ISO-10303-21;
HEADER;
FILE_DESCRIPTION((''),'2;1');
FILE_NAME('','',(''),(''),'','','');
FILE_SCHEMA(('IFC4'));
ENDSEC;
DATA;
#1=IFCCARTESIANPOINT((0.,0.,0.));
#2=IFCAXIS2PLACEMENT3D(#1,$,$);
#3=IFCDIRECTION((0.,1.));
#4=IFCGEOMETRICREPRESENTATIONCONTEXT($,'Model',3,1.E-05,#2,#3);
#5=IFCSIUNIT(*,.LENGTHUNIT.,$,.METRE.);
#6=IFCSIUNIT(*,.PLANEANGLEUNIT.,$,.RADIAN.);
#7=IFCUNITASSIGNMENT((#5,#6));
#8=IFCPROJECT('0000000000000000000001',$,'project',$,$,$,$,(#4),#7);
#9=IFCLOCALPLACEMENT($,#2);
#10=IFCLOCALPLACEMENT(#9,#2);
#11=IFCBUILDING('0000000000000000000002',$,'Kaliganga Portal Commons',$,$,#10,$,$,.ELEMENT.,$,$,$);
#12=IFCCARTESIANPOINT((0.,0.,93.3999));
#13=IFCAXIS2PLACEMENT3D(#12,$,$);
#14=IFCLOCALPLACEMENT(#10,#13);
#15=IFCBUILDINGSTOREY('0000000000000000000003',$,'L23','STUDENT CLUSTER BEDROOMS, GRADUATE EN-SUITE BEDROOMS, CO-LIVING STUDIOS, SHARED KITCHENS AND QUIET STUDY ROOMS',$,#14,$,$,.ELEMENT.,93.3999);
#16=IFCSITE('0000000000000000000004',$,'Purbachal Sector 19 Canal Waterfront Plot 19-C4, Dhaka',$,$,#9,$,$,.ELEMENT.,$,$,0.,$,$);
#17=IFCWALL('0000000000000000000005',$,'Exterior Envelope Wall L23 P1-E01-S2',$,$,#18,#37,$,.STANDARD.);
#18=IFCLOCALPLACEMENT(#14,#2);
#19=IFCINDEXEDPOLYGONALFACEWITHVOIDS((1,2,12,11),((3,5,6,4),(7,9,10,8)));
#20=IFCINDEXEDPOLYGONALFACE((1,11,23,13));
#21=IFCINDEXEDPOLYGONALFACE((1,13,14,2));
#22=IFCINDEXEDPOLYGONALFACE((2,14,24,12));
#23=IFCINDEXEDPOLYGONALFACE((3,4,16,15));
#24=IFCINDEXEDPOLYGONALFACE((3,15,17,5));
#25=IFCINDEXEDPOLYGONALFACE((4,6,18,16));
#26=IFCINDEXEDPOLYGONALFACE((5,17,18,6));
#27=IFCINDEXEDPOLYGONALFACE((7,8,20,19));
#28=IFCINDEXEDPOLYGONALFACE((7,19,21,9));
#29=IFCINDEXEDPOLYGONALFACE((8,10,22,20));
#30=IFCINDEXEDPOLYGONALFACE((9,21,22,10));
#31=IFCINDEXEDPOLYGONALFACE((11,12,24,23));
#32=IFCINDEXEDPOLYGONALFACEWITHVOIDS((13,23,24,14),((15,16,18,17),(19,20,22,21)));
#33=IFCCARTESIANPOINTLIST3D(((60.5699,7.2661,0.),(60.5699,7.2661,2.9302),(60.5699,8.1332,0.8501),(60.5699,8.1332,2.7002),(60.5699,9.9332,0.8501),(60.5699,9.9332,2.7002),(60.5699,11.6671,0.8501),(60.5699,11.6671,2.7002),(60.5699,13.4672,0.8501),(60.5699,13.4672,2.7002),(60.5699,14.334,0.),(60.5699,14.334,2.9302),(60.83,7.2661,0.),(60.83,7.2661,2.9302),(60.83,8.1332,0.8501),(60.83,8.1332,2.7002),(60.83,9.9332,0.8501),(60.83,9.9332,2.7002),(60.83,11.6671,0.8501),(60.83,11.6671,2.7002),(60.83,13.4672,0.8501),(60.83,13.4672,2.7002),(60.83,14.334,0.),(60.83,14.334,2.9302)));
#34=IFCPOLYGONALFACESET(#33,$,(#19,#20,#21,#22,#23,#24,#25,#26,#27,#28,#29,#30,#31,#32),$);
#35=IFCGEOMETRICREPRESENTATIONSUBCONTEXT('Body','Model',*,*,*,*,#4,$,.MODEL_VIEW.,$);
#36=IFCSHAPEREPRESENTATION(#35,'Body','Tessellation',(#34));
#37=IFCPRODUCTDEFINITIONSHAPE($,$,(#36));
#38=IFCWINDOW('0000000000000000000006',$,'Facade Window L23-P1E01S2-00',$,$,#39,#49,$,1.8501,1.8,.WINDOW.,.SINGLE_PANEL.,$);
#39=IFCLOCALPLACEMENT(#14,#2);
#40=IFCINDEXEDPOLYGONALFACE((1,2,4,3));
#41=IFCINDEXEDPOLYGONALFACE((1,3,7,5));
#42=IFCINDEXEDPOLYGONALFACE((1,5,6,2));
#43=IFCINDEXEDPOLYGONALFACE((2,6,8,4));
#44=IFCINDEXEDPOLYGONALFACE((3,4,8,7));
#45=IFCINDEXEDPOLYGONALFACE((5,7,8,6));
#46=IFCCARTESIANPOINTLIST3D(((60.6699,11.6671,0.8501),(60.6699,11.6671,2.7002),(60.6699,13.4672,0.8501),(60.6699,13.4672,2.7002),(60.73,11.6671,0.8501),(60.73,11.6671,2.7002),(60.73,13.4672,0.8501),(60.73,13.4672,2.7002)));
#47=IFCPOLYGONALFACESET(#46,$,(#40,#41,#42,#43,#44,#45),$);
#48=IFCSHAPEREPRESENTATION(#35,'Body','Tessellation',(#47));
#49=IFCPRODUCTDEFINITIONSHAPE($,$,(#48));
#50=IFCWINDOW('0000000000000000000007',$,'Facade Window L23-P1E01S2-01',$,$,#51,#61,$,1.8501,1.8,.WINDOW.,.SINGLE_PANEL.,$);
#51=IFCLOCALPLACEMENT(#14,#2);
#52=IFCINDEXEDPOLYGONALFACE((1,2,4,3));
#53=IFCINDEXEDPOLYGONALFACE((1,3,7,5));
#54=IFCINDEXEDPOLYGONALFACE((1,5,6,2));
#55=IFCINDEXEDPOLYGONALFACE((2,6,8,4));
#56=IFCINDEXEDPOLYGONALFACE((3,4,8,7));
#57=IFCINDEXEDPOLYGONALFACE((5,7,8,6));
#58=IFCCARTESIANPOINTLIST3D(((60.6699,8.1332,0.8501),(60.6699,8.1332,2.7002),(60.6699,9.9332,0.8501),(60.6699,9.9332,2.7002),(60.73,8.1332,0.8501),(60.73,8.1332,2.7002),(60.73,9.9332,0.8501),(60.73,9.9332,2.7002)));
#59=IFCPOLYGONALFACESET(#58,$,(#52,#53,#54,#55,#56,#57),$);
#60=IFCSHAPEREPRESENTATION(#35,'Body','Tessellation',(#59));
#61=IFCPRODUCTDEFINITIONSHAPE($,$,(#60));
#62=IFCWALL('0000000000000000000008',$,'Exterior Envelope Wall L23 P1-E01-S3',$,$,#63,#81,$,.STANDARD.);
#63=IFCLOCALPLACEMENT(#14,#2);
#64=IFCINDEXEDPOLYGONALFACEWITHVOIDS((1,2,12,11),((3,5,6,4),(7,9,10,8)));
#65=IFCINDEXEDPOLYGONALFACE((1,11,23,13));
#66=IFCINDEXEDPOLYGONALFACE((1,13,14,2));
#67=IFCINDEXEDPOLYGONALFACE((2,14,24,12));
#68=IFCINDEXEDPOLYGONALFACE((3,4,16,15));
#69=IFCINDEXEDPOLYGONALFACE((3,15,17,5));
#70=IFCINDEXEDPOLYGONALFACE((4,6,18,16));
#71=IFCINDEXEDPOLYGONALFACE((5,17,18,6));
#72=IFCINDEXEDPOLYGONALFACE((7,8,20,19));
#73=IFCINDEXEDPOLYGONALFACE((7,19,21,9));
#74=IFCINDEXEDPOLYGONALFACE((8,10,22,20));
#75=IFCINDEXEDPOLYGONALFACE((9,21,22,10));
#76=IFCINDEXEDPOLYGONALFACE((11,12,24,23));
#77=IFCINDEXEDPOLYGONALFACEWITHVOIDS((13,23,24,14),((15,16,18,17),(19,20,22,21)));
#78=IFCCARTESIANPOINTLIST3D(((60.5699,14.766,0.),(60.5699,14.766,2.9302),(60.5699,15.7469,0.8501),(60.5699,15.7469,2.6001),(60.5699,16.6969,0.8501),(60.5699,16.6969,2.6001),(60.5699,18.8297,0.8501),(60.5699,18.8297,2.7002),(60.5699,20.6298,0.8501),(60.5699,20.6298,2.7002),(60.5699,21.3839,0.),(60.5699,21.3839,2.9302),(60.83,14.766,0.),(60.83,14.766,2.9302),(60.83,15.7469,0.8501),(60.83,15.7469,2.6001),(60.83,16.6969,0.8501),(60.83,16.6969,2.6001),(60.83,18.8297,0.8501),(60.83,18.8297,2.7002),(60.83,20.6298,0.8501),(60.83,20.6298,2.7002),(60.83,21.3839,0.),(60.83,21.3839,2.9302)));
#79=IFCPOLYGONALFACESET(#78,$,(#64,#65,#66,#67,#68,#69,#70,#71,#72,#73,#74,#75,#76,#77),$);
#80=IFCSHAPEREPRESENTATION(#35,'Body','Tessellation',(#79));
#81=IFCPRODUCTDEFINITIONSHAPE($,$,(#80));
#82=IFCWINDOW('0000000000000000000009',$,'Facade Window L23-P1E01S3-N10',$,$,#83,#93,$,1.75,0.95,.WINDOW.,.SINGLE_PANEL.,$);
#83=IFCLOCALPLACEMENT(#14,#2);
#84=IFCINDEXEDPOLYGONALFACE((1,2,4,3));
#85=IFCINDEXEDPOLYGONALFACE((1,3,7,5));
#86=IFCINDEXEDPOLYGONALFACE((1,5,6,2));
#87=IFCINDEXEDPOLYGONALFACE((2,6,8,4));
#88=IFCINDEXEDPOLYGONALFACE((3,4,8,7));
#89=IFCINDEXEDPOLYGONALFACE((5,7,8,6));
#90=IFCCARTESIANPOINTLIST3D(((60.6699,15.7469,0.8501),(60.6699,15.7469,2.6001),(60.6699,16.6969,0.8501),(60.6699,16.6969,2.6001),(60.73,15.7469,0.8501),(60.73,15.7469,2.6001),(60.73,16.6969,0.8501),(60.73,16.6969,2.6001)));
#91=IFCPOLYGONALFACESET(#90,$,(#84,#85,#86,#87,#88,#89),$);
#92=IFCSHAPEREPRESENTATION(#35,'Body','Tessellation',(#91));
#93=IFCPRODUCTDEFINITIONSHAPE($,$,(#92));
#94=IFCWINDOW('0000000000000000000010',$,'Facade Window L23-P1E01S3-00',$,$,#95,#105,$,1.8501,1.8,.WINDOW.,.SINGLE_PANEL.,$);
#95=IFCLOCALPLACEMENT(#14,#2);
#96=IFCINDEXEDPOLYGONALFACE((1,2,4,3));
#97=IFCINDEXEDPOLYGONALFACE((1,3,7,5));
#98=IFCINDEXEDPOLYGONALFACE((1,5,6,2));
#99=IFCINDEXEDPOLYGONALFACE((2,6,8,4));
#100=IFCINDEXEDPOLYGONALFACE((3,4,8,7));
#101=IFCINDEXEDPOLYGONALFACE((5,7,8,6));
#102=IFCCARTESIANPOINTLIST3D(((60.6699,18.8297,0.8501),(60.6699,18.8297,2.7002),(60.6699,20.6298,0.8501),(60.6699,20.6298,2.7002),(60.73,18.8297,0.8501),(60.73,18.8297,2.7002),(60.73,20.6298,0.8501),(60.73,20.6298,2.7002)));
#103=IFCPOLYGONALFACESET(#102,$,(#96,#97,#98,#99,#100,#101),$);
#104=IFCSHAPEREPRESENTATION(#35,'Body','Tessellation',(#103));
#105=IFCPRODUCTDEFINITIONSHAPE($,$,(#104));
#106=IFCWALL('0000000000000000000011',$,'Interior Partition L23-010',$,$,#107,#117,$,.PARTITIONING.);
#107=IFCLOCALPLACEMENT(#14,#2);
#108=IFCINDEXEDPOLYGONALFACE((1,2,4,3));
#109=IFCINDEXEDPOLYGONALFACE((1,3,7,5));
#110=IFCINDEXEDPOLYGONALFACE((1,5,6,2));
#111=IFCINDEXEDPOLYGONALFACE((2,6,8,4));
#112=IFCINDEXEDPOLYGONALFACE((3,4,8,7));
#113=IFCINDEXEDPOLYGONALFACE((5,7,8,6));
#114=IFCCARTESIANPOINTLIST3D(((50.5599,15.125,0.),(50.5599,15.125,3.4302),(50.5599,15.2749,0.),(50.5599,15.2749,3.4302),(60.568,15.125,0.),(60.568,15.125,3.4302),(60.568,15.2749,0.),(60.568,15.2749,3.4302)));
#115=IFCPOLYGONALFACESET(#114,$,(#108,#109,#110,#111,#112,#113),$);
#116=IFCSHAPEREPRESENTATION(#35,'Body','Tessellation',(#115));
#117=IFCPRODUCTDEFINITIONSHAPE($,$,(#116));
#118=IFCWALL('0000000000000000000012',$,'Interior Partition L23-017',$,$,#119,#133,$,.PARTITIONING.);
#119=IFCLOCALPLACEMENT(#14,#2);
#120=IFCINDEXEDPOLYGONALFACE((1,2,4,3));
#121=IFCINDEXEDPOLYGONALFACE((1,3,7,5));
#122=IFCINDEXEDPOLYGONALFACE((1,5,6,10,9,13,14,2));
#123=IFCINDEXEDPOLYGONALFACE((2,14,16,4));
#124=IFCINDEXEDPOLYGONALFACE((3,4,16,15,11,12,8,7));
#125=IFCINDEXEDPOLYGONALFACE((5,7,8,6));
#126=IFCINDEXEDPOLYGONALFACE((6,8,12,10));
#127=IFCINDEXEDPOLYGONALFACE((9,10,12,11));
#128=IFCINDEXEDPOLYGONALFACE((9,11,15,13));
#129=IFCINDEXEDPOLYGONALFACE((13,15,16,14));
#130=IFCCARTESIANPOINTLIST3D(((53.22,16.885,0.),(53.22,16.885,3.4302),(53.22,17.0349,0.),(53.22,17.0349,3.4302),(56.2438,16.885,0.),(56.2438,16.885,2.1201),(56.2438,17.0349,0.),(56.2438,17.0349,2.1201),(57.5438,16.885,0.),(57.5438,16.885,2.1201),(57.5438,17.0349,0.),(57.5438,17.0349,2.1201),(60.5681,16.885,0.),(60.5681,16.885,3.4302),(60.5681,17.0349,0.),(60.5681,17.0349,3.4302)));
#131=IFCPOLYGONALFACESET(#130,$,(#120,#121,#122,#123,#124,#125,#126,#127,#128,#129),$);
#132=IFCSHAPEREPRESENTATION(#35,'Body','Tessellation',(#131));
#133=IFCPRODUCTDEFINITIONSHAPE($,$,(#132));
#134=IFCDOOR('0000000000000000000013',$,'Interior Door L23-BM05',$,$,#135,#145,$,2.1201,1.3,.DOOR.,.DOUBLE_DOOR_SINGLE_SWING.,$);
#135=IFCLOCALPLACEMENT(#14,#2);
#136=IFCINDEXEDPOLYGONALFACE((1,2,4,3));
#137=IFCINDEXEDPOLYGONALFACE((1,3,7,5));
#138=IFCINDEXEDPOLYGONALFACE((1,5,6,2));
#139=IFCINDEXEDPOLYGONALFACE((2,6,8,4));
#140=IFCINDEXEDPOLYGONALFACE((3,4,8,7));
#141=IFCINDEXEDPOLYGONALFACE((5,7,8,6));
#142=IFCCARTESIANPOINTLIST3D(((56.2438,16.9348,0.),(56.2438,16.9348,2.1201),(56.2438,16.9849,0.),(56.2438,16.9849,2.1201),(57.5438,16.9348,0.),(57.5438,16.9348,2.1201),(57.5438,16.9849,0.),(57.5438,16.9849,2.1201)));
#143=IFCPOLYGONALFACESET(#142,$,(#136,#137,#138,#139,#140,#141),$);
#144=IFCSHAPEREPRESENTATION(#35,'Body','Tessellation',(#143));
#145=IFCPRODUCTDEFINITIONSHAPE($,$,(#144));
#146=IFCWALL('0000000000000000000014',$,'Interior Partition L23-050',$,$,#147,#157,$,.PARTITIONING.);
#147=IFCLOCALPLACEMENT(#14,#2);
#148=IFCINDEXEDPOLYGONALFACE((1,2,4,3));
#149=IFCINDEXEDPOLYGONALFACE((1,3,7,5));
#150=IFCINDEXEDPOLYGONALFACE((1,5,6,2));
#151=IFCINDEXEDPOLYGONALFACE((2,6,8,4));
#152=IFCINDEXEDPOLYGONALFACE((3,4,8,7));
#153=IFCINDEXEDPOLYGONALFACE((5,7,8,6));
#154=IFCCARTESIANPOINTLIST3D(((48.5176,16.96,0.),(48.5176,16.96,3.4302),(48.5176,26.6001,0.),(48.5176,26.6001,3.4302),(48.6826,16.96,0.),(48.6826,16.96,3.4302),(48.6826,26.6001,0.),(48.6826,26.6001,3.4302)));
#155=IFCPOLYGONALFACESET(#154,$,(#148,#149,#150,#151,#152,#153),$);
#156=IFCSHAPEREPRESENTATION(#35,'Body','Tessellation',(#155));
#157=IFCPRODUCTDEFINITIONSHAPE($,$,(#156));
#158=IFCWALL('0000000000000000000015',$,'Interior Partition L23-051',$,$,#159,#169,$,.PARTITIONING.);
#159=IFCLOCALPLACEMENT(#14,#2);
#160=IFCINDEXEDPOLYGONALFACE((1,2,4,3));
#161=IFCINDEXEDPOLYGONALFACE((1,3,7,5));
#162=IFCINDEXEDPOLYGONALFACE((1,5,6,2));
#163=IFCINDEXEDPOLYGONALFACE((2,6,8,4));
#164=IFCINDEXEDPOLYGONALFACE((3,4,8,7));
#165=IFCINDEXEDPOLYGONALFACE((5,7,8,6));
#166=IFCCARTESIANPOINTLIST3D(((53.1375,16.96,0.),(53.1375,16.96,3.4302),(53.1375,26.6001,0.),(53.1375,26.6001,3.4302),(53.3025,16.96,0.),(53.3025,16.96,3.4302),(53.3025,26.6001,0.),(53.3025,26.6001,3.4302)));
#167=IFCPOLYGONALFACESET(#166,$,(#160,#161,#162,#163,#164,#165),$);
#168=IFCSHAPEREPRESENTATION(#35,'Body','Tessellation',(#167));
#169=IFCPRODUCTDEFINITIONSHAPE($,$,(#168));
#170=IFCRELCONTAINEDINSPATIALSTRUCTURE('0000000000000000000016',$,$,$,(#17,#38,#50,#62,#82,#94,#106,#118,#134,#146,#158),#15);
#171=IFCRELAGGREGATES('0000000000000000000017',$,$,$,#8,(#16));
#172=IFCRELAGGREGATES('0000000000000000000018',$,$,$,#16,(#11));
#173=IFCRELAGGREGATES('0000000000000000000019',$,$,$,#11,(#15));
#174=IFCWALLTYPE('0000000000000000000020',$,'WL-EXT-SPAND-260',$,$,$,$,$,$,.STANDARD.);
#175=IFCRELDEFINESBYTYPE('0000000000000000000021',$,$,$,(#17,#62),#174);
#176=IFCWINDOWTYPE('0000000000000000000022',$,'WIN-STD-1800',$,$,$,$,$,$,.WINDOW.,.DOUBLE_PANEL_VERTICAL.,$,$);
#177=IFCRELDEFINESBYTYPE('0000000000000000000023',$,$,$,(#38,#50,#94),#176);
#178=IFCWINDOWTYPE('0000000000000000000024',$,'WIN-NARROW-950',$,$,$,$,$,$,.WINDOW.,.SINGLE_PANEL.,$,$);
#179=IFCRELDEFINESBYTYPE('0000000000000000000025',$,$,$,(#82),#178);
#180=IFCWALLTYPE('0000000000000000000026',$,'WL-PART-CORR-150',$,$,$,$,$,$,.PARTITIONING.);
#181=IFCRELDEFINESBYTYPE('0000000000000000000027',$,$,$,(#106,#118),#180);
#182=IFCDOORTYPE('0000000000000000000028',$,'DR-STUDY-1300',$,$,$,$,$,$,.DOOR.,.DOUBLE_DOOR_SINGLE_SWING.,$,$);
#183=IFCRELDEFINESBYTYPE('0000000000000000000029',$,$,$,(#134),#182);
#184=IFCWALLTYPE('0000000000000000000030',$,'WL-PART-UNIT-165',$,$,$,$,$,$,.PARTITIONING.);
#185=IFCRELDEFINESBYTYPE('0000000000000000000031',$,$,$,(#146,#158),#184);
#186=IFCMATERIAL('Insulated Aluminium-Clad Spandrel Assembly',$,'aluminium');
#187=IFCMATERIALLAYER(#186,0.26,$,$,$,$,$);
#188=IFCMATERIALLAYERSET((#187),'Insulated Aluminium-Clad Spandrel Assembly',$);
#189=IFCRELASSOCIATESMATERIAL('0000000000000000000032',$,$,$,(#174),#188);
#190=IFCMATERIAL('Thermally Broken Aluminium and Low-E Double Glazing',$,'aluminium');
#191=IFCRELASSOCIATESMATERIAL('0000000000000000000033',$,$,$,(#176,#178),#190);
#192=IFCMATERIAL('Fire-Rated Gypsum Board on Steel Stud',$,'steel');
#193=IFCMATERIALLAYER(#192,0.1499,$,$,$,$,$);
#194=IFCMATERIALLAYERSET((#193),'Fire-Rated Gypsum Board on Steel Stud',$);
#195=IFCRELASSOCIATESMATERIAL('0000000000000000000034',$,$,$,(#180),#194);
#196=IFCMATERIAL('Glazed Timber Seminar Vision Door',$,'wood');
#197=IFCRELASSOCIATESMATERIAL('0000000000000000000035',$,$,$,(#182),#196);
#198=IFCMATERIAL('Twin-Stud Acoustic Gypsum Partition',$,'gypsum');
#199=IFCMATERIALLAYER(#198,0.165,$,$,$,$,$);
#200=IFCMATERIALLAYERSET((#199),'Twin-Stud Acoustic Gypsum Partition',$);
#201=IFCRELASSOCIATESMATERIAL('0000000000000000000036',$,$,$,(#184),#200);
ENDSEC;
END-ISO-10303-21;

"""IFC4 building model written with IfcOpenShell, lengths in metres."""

from ifc_helpers import new_model, si_unit, direction, frame, frame_2d, origin, place, context, subcontext, project, spatial, rectangle, extrude, material, layer, layer_set, type_object, element, fill, save


model = new_model("IFC4")

# Units and contexts
model_context = context("Model", 3, precision=1e-05, world=origin(), true_north=direction((0.0, 1.0)))
body_context = subcontext(model_context, "Body", "Model", "MODEL_VIEW")
ifc_project = project(units=[si_unit("LENGTHUNIT", "METRE"), si_unit("PLANEANGLEUNIT", "RADIAN")], contexts=[model_context])

# Site, building, storey
site_placement = place(None, origin())
site = spatial("IfcSite", under=ifc_project, at=site_placement, Name="Purbachal Sector 19 Canal Waterfront Plot 19-C4, Dhaka", CompositionType="ELEMENT", RefElevation=0.0)
building_placement = place(site_placement, origin())
building = spatial("IfcBuilding", under=site, at=building_placement, Name="Kaliganga Portal Commons", CompositionType="ELEMENT")
storey_placement = place(building_placement, frame((0.0, 0.0, 93.3999)))
storey = spatial("IfcBuildingStorey", under=building, at=storey_placement, Name="L23", Description="STUDENT CLUSTER BEDROOMS, GRADUATE EN-SUITE BEDROOMS, CO-LIVING STUDIOS, SHARED KITCHENS AND QUIET STUDY ROOMS", CompositionType="ELEMENT", Elevation=93.3999)

# Walls, openings, windows
ifc_material_1 = material(Name="Insulated Aluminium-Clad Spandrel Assembly", Category="aluminium")
ifc_layer_1 = layer(ifc_material_1, 0.26)
ifc_layer_set_1 = layer_set([ifc_layer_1], Name="Insulated Aluminium-Clad Spandrel Assembly")
wall_type_1 = type_object("IfcWallType", Name="WL-EXT-SPAND-260", PredefinedType="STANDARD", material=ifc_layer_set_1)
wall_1_placement = place(storey_placement, frame((60.7, 14.334, 0.0), z_axis=(0.0, 0.0, 1.0), x_axis=(0.0, -1.0, 0.0)))
wall_1 = element("IfcWall", 1, at=wall_1_placement, inside=storey, type_object=wall_type_1, Name="Exterior Envelope Wall L23 P1-E01-S2", PredefinedType="STANDARD", context=body_context, shape_type="SweptSolid", body=[
    extrude(rectangle(XDim=7.0679, YDim=0.26, at=frame_2d((3.5339, 0.0))), origin(), (0.0, 0.0, 1.0), 2.9302),
])
opening_1_placement = place(wall_1_placement, frame((0.8669, 0.0, 0.8501)))
opening_1 = element("IfcOpeningElement", 2, at=opening_1_placement, cuts=wall_1, PredefinedType="OPENING", context=body_context, shape_type="SweptSolid", body=[
    extrude(rectangle(XDim=1.8, YDim=1.8501, at=frame_2d((0.8999, 0.925))), frame((0.0, 0.1401, 0.0), z_axis=(0.0, -1.0, 0.0), x_axis=(1.0, 0.0, 0.0)), (0.0, 0.0, 1.0), 0.28),
])
opening_2_placement = place(wall_1_placement, frame((4.4009, 0.0, 0.8501)))
opening_2 = element("IfcOpeningElement", 3, at=opening_2_placement, cuts=wall_1, PredefinedType="OPENING", context=body_context, shape_type="SweptSolid", body=[
    extrude(rectangle(XDim=1.8, YDim=1.8501, at=frame_2d((0.8999, 0.925))), frame((0.0, 0.1401, 0.0), z_axis=(0.0, -1.0, 0.0), x_axis=(1.0, 0.0, 0.0)), (0.0, 0.0, 1.0), 0.28),
])
ifc_material_2 = material(Name="Thermally Broken Aluminium and Low-E Double Glazing", Category="aluminium")
window_type_1 = type_object("IfcWindowType", Name="WIN-STD-1800", PartitioningType="DOUBLE_PANEL_VERTICAL", PredefinedType="WINDOW", material=ifc_material_2)
window_1_placement = place(opening_1_placement, origin())
window_1 = element("IfcWindow", 4, at=window_1_placement, inside=storey, type_object=window_type_1, Name="Facade Window L23-P1E01S2-00", OverallHeight=1.8501, OverallWidth=1.8, PartitioningType="SINGLE_PANEL", PredefinedType="WINDOW", context=body_context, shape_type="SweptSolid", body=[
    extrude(rectangle(XDim=1.8, YDim=1.8501, at=frame_2d((0.8999, 0.925))), frame((0.0, 0.03, 0.0), z_axis=(0.0, -1.0, 0.0), x_axis=(1.0, 0.0, 0.0)), (0.0, 0.0, 1.0), 0.0601),
])
fill(opening_1, window_1)
window_2_placement = place(opening_2_placement, origin())
window_2 = element("IfcWindow", 5, at=window_2_placement, inside=storey, type_object=window_type_1, Name="Facade Window L23-P1E01S2-01", OverallHeight=1.8501, OverallWidth=1.8, PartitioningType="SINGLE_PANEL", PredefinedType="WINDOW", context=body_context, shape_type="SweptSolid", body=[
    extrude(rectangle(XDim=1.8, YDim=1.8501, at=frame_2d((0.8999, 0.925))), frame((0.0, 0.03, 0.0), z_axis=(0.0, -1.0, 0.0), x_axis=(1.0, 0.0, 0.0)), (0.0, 0.0, 1.0), 0.0601),
])
fill(opening_2, window_2)
wall_2_placement = place(storey_placement, frame((60.7, 21.384, 0.0), z_axis=(0.0, 0.0, 1.0), x_axis=(0.0, -1.0, 0.0)))
wall_2 = element("IfcWall", 6, at=wall_2_placement, inside=storey, type_object=wall_type_1, Name="Exterior Envelope Wall L23 P1-E01-S3", PredefinedType="STANDARD", context=body_context, shape_type="SweptSolid", body=[
    extrude(rectangle(XDim=6.6179, YDim=0.26, at=frame_2d((3.3091, 0.0))), origin(), (0.0, 0.0, 1.0), 2.9302),
])
opening_3_placement = place(wall_2_placement, frame((0.7544, 0.0, 0.8501)))
opening_3 = element("IfcOpeningElement", 7, at=opening_3_placement, cuts=wall_2, PredefinedType="OPENING", context=body_context, shape_type="SweptSolid", body=[
    extrude(rectangle(XDim=1.8, YDim=1.8501, at=frame_2d((0.8999, 0.925))), frame((0.0, 0.1401, 0.0), z_axis=(0.0, -1.0, 0.0), x_axis=(1.0, 0.0, 0.0)), (0.0, 0.0, 1.0), 0.28),
])
opening_4_placement = place(wall_2_placement, frame((4.687, 0.0, 0.8501)))
opening_4 = element("IfcOpeningElement", 8, at=opening_4_placement, cuts=wall_2, PredefinedType="OPENING", context=body_context, shape_type="SweptSolid", body=[
    extrude(rectangle(XDim=0.95, YDim=1.75, at=frame_2d((0.4751, 0.875))), frame((0.0, 0.1401, 0.0), z_axis=(0.0, -1.0, 0.0), x_axis=(1.0, 0.0, 0.0)), (0.0, 0.0, 1.0), 0.28),
])
window_type_2 = type_object("IfcWindowType", Name="WIN-NARROW-950", PartitioningType="SINGLE_PANEL", PredefinedType="WINDOW", material=ifc_material_2)
window_3_placement = place(opening_4_placement, origin())
window_3 = element("IfcWindow", 9, at=window_3_placement, inside=storey, type_object=window_type_2, Name="Facade Window L23-P1E01S3-N10", OverallHeight=1.75, OverallWidth=0.95, PartitioningType="SINGLE_PANEL", PredefinedType="WINDOW", context=body_context, shape_type="SweptSolid", body=[
    extrude(rectangle(XDim=0.95, YDim=1.75, at=frame_2d((0.4751, 0.875))), frame((0.0, 0.03, 0.0), z_axis=(0.0, -1.0, 0.0), x_axis=(1.0, 0.0, 0.0)), (0.0, 0.0, 1.0), 0.0601),
])
fill(opening_4, window_3)
window_4_placement = place(opening_3_placement, origin())
window_4 = element("IfcWindow", 10, at=window_4_placement, inside=storey, type_object=window_type_1, Name="Facade Window L23-P1E01S3-00", OverallHeight=1.8501, OverallWidth=1.8, PartitioningType="SINGLE_PANEL", PredefinedType="WINDOW", context=body_context, shape_type="SweptSolid", body=[
    extrude(rectangle(XDim=1.8, YDim=1.8501, at=frame_2d((0.8999, 0.925))), frame((0.0, 0.03, 0.0), z_axis=(0.0, -1.0, 0.0), x_axis=(1.0, 0.0, 0.0)), (0.0, 0.0, 1.0), 0.0601),
])
fill(opening_3, window_4)

# Wall
ifc_material_3 = material(Name="Fire-Rated Gypsum Board on Steel Stud", Category="steel")
ifc_layer_2 = layer(ifc_material_3, 0.1499)
ifc_layer_set_2 = layer_set([ifc_layer_2], Name="Fire-Rated Gypsum Board on Steel Stud")
wall_type_2 = type_object("IfcWallType", Name="WL-PART-CORR-150", PredefinedType="PARTITIONING", material=ifc_layer_set_2)
wall_3_placement = place(storey_placement, frame((50.5601, 15.2, 0.0), z_axis=(0.0, 0.0, 1.0), x_axis=(1.0, 0.0, 0.0)))
element("IfcWall", 11, at=wall_3_placement, inside=storey, type_object=wall_type_2, Name="Interior Partition L23-010", PredefinedType="PARTITIONING", context=body_context, shape_type="SweptSolid", body=[
    extrude(rectangle(XDim=10.0081, YDim=0.1499, at=frame_2d((5.0039, 0.0))), origin(), (0.0, 0.0, 1.0), 3.4302),
])

# Wall, opening, door
wall_4_placement = place(storey_placement, frame((53.22, 16.96, 0.0), z_axis=(0.0, 0.0, 1.0), x_axis=(1.0, 0.0, 0.0)))
wall_4 = element("IfcWall", 12, at=wall_4_placement, inside=storey, type_object=wall_type_2, Name="Interior Partition L23-017", PredefinedType="PARTITIONING", context=body_context, shape_type="SweptSolid", body=[
    extrude(rectangle(XDim=7.3481, YDim=0.1499, at=frame_2d((3.6741, 0.0))), origin(), (0.0, 0.0, 1.0), 3.4302),
])
opening_5_placement = place(wall_4_placement, frame((3.0239, 0.0, 0.0)))
opening_5 = element("IfcOpeningElement", 13, at=opening_5_placement, cuts=wall_4, PredefinedType="OPENING", context=body_context, shape_type="SweptSolid", body=[
    extrude(rectangle(XDim=1.3, YDim=2.1201, at=frame_2d((0.6499, 1.0601))), frame((0.0, 0.085, 0.0), z_axis=(0.0, -1.0, 0.0), x_axis=(1.0, 0.0, 0.0)), (0.0, 0.0, 1.0), 0.1699),
])
ifc_material_4 = material(Name="Glazed Timber Seminar Vision Door", Category="wood")
door_type = type_object("IfcDoorType", Name="DR-STUDY-1300", OperationType="DOUBLE_DOOR_SINGLE_SWING", PredefinedType="DOOR", material=ifc_material_4)
door_1_placement = place(opening_5_placement, origin())
door_1 = element("IfcDoor", 14, at=door_1_placement, inside=storey, type_object=door_type, Name="Interior Door L23-BM05", OperationType="DOUBLE_DOOR_SINGLE_SWING", OverallHeight=2.1201, OverallWidth=1.3, PredefinedType="DOOR", context=body_context, shape_type="SweptSolid", body=[
    extrude(rectangle(XDim=1.3, YDim=2.1201, at=frame_2d((0.6499, 1.0601))), frame((0.0, 0.0249, 0.0), z_axis=(0.0, -1.0, 0.0), x_axis=(1.0, 0.0, 0.0)), (0.0, 0.0, 1.0), 0.05),
])
fill(opening_5, door_1)

# Walls
ifc_material_5 = material(Name="Twin-Stud Acoustic Gypsum Partition", Category="gypsum")
ifc_layer_3 = layer(ifc_material_5, 0.165)
ifc_layer_set_3 = layer_set([ifc_layer_3], Name="Twin-Stud Acoustic Gypsum Partition")
wall_type_3 = type_object("IfcWallType", Name="WL-PART-UNIT-165", PredefinedType="PARTITIONING", material=ifc_layer_set_3)
for number, where, z_axis, x_axis, name in (
    (15, (48.6001, 16.96, 0.0), (0.0, 0.0, 1.0), (0.0, 1.0, 0.0), "Interior Partition L23-050"),
    (16, (53.22, 16.96, 0.0), (0.0, 0.0, 1.0), (0.0, 1.0, 0.0), "Interior Partition L23-051"),
):
    element("IfcWall", number, at=place(storey_placement, frame(where, z_axis=z_axis, x_axis=x_axis)), inside=storey, type_object=wall_type_3, Name=name, PredefinedType="PARTITIONING", context=body_context, shape_type="SweptSolid", body=[
        extrude(rectangle(XDim=9.6401, YDim=0.165, at=frame_2d((4.8201, 0.0))), origin(), (0.0, 0.0, 1.0), 3.4302),
    ])

save(model, "model.ifc")
